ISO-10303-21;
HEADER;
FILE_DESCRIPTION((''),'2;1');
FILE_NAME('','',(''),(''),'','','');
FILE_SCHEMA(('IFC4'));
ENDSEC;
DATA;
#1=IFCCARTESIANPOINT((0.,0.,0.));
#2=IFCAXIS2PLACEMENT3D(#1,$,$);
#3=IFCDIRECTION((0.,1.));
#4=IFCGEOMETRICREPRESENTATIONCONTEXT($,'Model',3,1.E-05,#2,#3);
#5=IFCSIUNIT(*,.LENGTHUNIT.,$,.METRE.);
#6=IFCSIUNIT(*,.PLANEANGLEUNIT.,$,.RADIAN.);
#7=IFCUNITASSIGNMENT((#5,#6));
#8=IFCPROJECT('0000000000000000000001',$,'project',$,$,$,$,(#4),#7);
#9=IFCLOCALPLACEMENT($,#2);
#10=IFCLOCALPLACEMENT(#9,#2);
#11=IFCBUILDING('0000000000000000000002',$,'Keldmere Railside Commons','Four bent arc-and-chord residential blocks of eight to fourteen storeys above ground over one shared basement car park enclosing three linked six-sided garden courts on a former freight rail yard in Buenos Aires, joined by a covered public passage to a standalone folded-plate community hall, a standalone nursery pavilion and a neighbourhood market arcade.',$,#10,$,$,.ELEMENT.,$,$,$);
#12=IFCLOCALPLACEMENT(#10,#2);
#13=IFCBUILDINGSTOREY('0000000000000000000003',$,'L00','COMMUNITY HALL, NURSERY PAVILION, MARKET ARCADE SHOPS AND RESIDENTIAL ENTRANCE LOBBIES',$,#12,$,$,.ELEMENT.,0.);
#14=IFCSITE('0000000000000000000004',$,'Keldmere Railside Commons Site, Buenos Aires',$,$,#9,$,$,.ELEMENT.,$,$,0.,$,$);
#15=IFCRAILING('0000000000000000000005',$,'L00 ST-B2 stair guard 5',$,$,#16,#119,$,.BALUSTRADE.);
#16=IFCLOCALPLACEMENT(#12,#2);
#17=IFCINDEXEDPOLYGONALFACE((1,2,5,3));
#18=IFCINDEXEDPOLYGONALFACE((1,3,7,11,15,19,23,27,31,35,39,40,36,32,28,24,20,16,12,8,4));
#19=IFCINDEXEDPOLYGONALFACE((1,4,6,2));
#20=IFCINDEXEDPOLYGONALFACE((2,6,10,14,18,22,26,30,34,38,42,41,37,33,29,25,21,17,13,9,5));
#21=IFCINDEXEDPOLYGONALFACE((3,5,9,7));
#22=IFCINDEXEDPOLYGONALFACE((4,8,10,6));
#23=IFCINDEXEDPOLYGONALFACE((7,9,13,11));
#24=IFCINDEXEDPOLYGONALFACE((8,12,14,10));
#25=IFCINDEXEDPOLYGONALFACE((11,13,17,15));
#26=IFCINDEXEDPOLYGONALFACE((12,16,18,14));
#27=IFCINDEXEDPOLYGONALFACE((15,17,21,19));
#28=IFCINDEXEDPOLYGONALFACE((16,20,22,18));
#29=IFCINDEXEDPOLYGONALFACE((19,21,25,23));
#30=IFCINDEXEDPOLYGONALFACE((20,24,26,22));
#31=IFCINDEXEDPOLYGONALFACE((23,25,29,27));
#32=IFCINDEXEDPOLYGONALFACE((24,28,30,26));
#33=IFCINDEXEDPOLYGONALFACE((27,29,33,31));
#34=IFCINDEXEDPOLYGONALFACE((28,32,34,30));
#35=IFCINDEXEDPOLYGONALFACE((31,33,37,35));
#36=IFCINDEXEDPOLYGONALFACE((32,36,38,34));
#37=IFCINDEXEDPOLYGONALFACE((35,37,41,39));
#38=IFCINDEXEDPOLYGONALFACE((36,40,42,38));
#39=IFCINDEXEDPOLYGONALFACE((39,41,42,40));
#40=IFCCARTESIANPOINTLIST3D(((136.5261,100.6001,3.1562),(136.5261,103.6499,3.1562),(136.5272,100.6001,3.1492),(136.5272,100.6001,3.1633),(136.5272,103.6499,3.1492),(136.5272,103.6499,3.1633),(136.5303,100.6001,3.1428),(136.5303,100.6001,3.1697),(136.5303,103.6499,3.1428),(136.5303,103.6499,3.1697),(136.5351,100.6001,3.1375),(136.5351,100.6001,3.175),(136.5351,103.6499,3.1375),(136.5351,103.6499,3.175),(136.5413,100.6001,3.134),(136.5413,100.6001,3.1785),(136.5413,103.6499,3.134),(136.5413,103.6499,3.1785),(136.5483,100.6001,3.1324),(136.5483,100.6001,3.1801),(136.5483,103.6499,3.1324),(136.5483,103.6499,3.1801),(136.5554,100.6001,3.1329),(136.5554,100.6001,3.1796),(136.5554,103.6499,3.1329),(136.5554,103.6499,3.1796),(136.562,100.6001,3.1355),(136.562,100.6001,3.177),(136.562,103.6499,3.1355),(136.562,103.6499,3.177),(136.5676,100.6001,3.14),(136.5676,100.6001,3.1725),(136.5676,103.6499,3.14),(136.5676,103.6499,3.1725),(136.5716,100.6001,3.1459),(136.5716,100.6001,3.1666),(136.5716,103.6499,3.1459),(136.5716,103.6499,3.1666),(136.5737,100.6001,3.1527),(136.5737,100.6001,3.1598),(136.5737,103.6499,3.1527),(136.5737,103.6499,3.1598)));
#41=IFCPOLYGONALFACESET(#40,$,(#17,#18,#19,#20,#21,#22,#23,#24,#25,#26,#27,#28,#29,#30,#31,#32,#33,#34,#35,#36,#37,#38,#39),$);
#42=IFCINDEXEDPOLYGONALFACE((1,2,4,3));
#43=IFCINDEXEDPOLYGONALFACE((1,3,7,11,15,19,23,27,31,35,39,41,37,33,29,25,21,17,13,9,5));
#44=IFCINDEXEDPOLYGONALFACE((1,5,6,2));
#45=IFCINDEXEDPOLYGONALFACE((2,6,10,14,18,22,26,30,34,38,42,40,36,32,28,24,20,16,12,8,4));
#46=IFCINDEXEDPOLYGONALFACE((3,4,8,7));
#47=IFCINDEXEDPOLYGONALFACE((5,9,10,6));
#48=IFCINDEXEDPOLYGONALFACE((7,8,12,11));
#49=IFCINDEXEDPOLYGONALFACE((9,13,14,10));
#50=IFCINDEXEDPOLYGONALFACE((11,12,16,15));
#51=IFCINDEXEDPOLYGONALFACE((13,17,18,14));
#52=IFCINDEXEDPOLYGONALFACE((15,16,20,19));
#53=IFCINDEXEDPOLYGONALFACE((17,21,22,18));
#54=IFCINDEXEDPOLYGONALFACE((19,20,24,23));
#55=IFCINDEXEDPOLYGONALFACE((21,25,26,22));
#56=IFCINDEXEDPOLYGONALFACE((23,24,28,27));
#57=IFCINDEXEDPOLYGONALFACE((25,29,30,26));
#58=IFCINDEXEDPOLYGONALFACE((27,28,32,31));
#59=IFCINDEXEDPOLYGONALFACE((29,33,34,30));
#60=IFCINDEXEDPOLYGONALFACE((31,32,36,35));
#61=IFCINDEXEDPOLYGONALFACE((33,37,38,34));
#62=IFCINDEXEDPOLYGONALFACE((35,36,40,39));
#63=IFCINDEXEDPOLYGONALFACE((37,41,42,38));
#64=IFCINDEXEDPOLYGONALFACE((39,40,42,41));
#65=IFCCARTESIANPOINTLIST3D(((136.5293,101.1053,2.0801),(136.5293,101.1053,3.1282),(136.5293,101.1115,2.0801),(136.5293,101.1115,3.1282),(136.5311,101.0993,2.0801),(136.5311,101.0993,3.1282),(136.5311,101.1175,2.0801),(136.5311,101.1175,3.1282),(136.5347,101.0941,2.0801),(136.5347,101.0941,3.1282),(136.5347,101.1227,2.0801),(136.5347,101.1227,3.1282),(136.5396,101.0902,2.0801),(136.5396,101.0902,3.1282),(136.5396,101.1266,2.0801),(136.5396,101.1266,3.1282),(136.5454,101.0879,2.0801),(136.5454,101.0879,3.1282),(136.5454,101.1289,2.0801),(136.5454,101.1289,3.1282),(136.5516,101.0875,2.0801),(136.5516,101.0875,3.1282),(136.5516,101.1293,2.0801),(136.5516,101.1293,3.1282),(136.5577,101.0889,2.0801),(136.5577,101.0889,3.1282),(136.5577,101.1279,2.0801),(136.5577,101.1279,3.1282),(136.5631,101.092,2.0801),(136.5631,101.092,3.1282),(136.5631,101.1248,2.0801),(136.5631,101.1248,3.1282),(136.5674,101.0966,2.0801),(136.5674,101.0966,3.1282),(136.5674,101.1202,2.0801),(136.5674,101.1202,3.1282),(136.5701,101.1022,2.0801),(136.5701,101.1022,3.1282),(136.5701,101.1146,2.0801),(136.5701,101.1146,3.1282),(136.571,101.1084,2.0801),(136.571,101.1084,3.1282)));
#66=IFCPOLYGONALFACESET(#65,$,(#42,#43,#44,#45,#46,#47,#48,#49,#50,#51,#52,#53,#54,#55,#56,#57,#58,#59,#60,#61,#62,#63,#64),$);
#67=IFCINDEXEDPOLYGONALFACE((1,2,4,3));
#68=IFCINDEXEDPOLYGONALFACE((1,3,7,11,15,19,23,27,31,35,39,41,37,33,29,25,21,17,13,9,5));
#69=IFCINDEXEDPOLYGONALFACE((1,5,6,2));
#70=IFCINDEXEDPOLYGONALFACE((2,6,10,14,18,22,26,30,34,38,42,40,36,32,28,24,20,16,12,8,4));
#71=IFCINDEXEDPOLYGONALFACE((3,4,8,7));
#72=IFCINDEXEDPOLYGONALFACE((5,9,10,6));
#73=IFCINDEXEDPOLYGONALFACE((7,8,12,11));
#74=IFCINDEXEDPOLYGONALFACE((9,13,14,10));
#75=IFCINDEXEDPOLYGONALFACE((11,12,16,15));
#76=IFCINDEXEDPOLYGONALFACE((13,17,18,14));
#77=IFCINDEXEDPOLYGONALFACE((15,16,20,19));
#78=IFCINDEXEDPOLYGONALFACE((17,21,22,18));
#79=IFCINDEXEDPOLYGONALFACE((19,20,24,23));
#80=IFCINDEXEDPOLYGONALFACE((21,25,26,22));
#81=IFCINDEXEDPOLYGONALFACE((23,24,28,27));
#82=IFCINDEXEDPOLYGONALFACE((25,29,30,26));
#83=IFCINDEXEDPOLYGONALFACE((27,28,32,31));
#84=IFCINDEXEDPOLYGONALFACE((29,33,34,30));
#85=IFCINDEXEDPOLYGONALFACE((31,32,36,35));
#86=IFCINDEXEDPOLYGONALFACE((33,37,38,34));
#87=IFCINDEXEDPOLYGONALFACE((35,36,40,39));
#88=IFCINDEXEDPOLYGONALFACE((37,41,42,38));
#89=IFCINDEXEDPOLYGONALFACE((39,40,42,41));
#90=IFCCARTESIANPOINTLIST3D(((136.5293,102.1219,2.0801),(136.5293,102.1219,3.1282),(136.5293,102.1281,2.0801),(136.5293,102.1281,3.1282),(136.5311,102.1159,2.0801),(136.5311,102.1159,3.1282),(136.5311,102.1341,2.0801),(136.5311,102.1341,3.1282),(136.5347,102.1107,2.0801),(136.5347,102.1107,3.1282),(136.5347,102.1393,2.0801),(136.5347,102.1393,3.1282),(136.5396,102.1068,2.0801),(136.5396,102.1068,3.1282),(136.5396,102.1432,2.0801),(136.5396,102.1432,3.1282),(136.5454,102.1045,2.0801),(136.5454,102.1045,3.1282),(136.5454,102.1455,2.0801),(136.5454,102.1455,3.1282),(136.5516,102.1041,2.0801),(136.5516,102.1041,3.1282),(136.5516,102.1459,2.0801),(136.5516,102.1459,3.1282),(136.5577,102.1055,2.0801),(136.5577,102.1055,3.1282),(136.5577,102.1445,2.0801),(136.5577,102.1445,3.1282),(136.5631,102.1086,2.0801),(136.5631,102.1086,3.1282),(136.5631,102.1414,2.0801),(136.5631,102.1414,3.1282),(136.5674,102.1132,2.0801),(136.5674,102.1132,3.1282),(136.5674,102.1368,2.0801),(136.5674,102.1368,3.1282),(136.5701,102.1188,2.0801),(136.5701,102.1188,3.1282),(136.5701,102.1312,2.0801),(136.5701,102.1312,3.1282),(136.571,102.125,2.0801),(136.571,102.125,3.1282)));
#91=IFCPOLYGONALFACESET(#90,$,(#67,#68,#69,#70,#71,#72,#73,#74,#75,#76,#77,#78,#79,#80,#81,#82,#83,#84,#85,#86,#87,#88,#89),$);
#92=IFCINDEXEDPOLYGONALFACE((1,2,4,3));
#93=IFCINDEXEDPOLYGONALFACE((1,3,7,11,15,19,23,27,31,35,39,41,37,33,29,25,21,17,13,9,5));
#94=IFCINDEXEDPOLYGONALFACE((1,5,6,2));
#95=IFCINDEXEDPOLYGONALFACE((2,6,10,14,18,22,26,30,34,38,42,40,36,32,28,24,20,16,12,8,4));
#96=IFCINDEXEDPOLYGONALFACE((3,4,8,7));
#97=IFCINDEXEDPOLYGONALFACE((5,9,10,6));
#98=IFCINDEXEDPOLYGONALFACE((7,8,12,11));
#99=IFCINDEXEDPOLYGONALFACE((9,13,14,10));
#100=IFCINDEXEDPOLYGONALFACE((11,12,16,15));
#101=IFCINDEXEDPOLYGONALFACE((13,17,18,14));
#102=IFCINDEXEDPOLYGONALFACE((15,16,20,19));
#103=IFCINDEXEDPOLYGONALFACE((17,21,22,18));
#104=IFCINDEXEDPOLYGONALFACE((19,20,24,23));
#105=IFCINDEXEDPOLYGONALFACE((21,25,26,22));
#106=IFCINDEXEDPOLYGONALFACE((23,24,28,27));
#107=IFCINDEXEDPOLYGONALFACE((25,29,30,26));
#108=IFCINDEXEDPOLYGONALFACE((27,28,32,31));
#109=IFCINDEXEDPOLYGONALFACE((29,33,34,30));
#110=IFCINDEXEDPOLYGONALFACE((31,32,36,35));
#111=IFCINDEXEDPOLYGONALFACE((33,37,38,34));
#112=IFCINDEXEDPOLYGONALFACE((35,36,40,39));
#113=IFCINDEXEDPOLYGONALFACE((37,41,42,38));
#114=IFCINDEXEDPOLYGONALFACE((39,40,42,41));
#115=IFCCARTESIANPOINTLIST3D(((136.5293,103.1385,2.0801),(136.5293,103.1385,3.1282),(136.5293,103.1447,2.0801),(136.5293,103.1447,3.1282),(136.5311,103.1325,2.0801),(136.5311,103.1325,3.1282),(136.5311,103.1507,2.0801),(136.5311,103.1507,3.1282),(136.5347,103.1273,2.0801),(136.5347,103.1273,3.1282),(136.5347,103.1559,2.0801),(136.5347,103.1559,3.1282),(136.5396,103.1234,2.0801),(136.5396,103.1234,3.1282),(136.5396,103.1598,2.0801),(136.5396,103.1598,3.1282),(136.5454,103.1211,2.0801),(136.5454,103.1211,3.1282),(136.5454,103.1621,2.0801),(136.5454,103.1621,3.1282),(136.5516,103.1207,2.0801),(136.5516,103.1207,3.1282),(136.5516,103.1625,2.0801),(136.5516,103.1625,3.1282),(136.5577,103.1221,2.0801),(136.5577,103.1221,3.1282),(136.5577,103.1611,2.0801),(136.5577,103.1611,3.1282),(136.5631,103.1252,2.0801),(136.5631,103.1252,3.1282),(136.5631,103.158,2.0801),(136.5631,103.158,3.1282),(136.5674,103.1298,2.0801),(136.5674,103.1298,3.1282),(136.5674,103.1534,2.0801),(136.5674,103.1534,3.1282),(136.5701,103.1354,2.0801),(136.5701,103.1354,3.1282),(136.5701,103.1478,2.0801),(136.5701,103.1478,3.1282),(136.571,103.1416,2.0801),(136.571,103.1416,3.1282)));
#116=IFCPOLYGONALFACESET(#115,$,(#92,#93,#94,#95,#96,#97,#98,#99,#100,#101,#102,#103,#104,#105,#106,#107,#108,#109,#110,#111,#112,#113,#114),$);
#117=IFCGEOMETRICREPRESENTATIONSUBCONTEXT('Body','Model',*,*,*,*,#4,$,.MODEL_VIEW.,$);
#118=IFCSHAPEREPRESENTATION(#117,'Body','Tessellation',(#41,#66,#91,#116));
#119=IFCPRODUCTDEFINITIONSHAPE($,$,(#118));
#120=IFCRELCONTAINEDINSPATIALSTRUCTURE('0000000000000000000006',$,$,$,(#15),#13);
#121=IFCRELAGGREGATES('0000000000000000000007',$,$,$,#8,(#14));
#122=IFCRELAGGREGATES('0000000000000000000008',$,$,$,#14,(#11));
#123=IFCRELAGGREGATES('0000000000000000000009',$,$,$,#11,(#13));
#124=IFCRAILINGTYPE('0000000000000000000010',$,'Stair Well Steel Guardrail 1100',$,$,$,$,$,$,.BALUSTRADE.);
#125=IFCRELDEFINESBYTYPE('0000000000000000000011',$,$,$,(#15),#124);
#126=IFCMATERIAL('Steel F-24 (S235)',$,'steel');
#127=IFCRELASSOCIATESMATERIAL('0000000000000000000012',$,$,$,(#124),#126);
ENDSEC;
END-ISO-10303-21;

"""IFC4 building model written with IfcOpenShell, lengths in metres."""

from ifc_helpers import new_model, si_unit, direction, frame, origin, origin_2d, place, context, subcontext, project, spatial, circle, extrude, material, type_object, element, save


model = new_model("IFC4")

# Units and contexts
model_context = context("Model", 3, precision=1e-05, world=origin(), true_north=direction((0.0, 1.0)))
body_context = subcontext(model_context, "Body", "Model", "MODEL_VIEW")
ifc_project = project(units=[si_unit("LENGTHUNIT", "METRE"), si_unit("PLANEANGLEUNIT", "RADIAN")], contexts=[model_context])

# Site, building, storey
site_placement = place(None, origin())
site = spatial("IfcSite", under=ifc_project, at=site_placement, Name="Keldmere Railside Commons Site, Buenos Aires", CompositionType="ELEMENT", RefElevation=0.0)
building_placement = place(site_placement, origin())
building = spatial("IfcBuilding", under=site, at=building_placement, Name="Keldmere Railside Commons", Description="Four bent arc-and-chord residential blocks of eight to fourteen storeys above ground over one shared basement car park enclosing three linked six-sided garden courts on a former freight rail yard in Buenos Aires, joined by a covered public passage to a standalone folded-plate community hall, a standalone nursery pavilion and a neighbourhood market arcade.", CompositionType="ELEMENT")
storey_placement = place(building_placement, origin())
storey = spatial("IfcBuildingStorey", under=building, at=storey_placement, Name="L00", Description="COMMUNITY HALL, NURSERY PAVILION, MARKET ARCADE SHOPS AND RESIDENTIAL ENTRANCE LOBBIES", CompositionType="ELEMENT", Elevation=0.0)

# Shared definitions
ifc_material_1 = material(Name="Steel F-24 (S235)", Category="steel")

# Railing
railing_type_1 = type_object("IfcRailingType", Name="Stair Well Steel Guardrail 1100", PredefinedType="BALUSTRADE", material=ifc_material_1)
railing_1_placement = place(storey_placement, frame((136.55, 100.6001, 2.0801)))
element("IfcRailing", 1, at=railing_1_placement, inside=storey, type_object=railing_type_1, Name="L00 ST-B2 stair guard 5", PredefinedType="BALUSTRADE", context=body_context, shape_type="SweptSolid", body=[
    extrude(circle(Radius=0.0239, at=origin_2d()), frame((0.0, 0.0, 1.0762), z_axis=(0.0, 1.0, 0.0), x_axis=(-1.0, 0.0, 0.0)), (0.0, 0.0, 1.0), 3.0498),
    extrude(circle(Radius=0.021, at=origin_2d()), frame((0.0, 0.5083, 0.0)), (0.0, 0.0, 1.0), 1.0481),
    extrude(circle(Radius=0.021, at=origin_2d()), frame((0.0, 1.5249, 0.0)), (0.0, 0.0, 1.0), 1.0481),
    extrude(circle(Radius=0.021, at=origin_2d()), frame((0.0, 2.5415, 0.0)), (0.0, 0.0, 1.0), 1.0481),
])

save(model, "model.ifc")
